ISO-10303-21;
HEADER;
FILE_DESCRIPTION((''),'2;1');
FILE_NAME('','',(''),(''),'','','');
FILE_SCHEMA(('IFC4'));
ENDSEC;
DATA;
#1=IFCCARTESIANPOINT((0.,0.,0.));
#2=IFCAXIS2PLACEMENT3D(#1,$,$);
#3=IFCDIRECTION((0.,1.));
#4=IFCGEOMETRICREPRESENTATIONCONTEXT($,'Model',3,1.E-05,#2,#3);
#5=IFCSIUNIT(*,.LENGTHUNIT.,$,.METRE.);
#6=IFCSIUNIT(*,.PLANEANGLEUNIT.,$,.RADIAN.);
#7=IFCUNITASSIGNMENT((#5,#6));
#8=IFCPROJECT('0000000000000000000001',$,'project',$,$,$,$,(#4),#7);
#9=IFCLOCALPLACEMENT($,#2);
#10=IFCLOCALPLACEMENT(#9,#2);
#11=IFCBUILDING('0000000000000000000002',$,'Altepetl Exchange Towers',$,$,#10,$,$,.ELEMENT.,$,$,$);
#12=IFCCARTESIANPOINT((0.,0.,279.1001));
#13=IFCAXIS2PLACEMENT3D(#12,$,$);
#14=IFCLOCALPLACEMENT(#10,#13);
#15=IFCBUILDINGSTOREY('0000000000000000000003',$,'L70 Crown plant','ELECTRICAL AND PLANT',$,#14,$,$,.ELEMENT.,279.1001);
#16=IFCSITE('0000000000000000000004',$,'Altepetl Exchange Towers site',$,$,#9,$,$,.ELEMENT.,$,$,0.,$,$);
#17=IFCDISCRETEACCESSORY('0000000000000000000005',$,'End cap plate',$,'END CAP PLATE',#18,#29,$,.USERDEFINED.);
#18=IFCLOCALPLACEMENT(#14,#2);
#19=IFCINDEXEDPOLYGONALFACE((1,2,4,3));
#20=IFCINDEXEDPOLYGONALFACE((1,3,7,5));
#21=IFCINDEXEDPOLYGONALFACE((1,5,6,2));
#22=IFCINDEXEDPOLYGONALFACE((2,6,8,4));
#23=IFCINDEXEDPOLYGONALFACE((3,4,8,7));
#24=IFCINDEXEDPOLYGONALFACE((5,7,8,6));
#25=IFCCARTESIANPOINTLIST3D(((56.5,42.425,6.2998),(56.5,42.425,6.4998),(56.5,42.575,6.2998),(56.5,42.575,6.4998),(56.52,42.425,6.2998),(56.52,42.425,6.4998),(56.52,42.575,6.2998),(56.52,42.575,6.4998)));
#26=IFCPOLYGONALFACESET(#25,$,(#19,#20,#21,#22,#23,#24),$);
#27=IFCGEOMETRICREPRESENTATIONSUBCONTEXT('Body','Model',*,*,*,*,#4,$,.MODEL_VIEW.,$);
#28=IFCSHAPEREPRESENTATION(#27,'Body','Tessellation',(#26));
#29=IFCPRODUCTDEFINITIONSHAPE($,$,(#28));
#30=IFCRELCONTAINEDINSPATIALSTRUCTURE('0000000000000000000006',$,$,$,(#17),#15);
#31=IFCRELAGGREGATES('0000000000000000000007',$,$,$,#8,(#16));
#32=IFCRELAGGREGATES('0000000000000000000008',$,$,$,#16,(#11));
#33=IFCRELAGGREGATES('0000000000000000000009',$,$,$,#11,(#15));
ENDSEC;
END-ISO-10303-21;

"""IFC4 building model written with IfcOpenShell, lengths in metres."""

from ifc_helpers import new_model, si_unit, direction, frame, origin, origin_2d, place, context, subcontext, project, spatial, rectangle, extrude, element, save


model = new_model("IFC4")

# Units and contexts
model_context = context("Model", 3, precision=1e-05, world=origin(), true_north=direction((0.0, 1.0)))
body_context = subcontext(model_context, "Body", "Model", "MODEL_VIEW")
ifc_project = project(units=[si_unit("LENGTHUNIT", "METRE"), si_unit("PLANEANGLEUNIT", "RADIAN")], contexts=[model_context])

# Site, building, storey
site_placement = place(None, origin())
site = spatial("IfcSite", under=ifc_project, at=site_placement, Name="Altepetl Exchange Towers site", CompositionType="ELEMENT", RefElevation=0.0)
building_placement = place(site_placement, origin())
building = spatial("IfcBuilding", under=site, at=building_placement, Name="Altepetl Exchange Towers", CompositionType="ELEMENT")
storey_placement = place(building_placement, frame((0.0, 0.0, 279.1001)))
storey = spatial("IfcBuildingStorey", under=building, at=storey_placement, Name="L70 Crown plant", Description="ELECTRICAL AND PLANT", CompositionType="ELEMENT", Elevation=279.1001)

# Discrete accessory
discrete_accessory_placement = place(storey_placement, frame((56.51, 42.5, 6.2998)))
element("IfcDiscreteAccessory", 1, at=discrete_accessory_placement, inside=storey, Name="End cap plate", ObjectType="END CAP PLATE", PredefinedType="USERDEFINED", context=body_context, shape_type="SweptSolid", body=[
    extrude(rectangle(XDim=0.02, YDim=0.1499, at=origin_2d()), origin(), (0.0, 0.0, 1.0), 0.2),
])

save(model, "model.ifc")
